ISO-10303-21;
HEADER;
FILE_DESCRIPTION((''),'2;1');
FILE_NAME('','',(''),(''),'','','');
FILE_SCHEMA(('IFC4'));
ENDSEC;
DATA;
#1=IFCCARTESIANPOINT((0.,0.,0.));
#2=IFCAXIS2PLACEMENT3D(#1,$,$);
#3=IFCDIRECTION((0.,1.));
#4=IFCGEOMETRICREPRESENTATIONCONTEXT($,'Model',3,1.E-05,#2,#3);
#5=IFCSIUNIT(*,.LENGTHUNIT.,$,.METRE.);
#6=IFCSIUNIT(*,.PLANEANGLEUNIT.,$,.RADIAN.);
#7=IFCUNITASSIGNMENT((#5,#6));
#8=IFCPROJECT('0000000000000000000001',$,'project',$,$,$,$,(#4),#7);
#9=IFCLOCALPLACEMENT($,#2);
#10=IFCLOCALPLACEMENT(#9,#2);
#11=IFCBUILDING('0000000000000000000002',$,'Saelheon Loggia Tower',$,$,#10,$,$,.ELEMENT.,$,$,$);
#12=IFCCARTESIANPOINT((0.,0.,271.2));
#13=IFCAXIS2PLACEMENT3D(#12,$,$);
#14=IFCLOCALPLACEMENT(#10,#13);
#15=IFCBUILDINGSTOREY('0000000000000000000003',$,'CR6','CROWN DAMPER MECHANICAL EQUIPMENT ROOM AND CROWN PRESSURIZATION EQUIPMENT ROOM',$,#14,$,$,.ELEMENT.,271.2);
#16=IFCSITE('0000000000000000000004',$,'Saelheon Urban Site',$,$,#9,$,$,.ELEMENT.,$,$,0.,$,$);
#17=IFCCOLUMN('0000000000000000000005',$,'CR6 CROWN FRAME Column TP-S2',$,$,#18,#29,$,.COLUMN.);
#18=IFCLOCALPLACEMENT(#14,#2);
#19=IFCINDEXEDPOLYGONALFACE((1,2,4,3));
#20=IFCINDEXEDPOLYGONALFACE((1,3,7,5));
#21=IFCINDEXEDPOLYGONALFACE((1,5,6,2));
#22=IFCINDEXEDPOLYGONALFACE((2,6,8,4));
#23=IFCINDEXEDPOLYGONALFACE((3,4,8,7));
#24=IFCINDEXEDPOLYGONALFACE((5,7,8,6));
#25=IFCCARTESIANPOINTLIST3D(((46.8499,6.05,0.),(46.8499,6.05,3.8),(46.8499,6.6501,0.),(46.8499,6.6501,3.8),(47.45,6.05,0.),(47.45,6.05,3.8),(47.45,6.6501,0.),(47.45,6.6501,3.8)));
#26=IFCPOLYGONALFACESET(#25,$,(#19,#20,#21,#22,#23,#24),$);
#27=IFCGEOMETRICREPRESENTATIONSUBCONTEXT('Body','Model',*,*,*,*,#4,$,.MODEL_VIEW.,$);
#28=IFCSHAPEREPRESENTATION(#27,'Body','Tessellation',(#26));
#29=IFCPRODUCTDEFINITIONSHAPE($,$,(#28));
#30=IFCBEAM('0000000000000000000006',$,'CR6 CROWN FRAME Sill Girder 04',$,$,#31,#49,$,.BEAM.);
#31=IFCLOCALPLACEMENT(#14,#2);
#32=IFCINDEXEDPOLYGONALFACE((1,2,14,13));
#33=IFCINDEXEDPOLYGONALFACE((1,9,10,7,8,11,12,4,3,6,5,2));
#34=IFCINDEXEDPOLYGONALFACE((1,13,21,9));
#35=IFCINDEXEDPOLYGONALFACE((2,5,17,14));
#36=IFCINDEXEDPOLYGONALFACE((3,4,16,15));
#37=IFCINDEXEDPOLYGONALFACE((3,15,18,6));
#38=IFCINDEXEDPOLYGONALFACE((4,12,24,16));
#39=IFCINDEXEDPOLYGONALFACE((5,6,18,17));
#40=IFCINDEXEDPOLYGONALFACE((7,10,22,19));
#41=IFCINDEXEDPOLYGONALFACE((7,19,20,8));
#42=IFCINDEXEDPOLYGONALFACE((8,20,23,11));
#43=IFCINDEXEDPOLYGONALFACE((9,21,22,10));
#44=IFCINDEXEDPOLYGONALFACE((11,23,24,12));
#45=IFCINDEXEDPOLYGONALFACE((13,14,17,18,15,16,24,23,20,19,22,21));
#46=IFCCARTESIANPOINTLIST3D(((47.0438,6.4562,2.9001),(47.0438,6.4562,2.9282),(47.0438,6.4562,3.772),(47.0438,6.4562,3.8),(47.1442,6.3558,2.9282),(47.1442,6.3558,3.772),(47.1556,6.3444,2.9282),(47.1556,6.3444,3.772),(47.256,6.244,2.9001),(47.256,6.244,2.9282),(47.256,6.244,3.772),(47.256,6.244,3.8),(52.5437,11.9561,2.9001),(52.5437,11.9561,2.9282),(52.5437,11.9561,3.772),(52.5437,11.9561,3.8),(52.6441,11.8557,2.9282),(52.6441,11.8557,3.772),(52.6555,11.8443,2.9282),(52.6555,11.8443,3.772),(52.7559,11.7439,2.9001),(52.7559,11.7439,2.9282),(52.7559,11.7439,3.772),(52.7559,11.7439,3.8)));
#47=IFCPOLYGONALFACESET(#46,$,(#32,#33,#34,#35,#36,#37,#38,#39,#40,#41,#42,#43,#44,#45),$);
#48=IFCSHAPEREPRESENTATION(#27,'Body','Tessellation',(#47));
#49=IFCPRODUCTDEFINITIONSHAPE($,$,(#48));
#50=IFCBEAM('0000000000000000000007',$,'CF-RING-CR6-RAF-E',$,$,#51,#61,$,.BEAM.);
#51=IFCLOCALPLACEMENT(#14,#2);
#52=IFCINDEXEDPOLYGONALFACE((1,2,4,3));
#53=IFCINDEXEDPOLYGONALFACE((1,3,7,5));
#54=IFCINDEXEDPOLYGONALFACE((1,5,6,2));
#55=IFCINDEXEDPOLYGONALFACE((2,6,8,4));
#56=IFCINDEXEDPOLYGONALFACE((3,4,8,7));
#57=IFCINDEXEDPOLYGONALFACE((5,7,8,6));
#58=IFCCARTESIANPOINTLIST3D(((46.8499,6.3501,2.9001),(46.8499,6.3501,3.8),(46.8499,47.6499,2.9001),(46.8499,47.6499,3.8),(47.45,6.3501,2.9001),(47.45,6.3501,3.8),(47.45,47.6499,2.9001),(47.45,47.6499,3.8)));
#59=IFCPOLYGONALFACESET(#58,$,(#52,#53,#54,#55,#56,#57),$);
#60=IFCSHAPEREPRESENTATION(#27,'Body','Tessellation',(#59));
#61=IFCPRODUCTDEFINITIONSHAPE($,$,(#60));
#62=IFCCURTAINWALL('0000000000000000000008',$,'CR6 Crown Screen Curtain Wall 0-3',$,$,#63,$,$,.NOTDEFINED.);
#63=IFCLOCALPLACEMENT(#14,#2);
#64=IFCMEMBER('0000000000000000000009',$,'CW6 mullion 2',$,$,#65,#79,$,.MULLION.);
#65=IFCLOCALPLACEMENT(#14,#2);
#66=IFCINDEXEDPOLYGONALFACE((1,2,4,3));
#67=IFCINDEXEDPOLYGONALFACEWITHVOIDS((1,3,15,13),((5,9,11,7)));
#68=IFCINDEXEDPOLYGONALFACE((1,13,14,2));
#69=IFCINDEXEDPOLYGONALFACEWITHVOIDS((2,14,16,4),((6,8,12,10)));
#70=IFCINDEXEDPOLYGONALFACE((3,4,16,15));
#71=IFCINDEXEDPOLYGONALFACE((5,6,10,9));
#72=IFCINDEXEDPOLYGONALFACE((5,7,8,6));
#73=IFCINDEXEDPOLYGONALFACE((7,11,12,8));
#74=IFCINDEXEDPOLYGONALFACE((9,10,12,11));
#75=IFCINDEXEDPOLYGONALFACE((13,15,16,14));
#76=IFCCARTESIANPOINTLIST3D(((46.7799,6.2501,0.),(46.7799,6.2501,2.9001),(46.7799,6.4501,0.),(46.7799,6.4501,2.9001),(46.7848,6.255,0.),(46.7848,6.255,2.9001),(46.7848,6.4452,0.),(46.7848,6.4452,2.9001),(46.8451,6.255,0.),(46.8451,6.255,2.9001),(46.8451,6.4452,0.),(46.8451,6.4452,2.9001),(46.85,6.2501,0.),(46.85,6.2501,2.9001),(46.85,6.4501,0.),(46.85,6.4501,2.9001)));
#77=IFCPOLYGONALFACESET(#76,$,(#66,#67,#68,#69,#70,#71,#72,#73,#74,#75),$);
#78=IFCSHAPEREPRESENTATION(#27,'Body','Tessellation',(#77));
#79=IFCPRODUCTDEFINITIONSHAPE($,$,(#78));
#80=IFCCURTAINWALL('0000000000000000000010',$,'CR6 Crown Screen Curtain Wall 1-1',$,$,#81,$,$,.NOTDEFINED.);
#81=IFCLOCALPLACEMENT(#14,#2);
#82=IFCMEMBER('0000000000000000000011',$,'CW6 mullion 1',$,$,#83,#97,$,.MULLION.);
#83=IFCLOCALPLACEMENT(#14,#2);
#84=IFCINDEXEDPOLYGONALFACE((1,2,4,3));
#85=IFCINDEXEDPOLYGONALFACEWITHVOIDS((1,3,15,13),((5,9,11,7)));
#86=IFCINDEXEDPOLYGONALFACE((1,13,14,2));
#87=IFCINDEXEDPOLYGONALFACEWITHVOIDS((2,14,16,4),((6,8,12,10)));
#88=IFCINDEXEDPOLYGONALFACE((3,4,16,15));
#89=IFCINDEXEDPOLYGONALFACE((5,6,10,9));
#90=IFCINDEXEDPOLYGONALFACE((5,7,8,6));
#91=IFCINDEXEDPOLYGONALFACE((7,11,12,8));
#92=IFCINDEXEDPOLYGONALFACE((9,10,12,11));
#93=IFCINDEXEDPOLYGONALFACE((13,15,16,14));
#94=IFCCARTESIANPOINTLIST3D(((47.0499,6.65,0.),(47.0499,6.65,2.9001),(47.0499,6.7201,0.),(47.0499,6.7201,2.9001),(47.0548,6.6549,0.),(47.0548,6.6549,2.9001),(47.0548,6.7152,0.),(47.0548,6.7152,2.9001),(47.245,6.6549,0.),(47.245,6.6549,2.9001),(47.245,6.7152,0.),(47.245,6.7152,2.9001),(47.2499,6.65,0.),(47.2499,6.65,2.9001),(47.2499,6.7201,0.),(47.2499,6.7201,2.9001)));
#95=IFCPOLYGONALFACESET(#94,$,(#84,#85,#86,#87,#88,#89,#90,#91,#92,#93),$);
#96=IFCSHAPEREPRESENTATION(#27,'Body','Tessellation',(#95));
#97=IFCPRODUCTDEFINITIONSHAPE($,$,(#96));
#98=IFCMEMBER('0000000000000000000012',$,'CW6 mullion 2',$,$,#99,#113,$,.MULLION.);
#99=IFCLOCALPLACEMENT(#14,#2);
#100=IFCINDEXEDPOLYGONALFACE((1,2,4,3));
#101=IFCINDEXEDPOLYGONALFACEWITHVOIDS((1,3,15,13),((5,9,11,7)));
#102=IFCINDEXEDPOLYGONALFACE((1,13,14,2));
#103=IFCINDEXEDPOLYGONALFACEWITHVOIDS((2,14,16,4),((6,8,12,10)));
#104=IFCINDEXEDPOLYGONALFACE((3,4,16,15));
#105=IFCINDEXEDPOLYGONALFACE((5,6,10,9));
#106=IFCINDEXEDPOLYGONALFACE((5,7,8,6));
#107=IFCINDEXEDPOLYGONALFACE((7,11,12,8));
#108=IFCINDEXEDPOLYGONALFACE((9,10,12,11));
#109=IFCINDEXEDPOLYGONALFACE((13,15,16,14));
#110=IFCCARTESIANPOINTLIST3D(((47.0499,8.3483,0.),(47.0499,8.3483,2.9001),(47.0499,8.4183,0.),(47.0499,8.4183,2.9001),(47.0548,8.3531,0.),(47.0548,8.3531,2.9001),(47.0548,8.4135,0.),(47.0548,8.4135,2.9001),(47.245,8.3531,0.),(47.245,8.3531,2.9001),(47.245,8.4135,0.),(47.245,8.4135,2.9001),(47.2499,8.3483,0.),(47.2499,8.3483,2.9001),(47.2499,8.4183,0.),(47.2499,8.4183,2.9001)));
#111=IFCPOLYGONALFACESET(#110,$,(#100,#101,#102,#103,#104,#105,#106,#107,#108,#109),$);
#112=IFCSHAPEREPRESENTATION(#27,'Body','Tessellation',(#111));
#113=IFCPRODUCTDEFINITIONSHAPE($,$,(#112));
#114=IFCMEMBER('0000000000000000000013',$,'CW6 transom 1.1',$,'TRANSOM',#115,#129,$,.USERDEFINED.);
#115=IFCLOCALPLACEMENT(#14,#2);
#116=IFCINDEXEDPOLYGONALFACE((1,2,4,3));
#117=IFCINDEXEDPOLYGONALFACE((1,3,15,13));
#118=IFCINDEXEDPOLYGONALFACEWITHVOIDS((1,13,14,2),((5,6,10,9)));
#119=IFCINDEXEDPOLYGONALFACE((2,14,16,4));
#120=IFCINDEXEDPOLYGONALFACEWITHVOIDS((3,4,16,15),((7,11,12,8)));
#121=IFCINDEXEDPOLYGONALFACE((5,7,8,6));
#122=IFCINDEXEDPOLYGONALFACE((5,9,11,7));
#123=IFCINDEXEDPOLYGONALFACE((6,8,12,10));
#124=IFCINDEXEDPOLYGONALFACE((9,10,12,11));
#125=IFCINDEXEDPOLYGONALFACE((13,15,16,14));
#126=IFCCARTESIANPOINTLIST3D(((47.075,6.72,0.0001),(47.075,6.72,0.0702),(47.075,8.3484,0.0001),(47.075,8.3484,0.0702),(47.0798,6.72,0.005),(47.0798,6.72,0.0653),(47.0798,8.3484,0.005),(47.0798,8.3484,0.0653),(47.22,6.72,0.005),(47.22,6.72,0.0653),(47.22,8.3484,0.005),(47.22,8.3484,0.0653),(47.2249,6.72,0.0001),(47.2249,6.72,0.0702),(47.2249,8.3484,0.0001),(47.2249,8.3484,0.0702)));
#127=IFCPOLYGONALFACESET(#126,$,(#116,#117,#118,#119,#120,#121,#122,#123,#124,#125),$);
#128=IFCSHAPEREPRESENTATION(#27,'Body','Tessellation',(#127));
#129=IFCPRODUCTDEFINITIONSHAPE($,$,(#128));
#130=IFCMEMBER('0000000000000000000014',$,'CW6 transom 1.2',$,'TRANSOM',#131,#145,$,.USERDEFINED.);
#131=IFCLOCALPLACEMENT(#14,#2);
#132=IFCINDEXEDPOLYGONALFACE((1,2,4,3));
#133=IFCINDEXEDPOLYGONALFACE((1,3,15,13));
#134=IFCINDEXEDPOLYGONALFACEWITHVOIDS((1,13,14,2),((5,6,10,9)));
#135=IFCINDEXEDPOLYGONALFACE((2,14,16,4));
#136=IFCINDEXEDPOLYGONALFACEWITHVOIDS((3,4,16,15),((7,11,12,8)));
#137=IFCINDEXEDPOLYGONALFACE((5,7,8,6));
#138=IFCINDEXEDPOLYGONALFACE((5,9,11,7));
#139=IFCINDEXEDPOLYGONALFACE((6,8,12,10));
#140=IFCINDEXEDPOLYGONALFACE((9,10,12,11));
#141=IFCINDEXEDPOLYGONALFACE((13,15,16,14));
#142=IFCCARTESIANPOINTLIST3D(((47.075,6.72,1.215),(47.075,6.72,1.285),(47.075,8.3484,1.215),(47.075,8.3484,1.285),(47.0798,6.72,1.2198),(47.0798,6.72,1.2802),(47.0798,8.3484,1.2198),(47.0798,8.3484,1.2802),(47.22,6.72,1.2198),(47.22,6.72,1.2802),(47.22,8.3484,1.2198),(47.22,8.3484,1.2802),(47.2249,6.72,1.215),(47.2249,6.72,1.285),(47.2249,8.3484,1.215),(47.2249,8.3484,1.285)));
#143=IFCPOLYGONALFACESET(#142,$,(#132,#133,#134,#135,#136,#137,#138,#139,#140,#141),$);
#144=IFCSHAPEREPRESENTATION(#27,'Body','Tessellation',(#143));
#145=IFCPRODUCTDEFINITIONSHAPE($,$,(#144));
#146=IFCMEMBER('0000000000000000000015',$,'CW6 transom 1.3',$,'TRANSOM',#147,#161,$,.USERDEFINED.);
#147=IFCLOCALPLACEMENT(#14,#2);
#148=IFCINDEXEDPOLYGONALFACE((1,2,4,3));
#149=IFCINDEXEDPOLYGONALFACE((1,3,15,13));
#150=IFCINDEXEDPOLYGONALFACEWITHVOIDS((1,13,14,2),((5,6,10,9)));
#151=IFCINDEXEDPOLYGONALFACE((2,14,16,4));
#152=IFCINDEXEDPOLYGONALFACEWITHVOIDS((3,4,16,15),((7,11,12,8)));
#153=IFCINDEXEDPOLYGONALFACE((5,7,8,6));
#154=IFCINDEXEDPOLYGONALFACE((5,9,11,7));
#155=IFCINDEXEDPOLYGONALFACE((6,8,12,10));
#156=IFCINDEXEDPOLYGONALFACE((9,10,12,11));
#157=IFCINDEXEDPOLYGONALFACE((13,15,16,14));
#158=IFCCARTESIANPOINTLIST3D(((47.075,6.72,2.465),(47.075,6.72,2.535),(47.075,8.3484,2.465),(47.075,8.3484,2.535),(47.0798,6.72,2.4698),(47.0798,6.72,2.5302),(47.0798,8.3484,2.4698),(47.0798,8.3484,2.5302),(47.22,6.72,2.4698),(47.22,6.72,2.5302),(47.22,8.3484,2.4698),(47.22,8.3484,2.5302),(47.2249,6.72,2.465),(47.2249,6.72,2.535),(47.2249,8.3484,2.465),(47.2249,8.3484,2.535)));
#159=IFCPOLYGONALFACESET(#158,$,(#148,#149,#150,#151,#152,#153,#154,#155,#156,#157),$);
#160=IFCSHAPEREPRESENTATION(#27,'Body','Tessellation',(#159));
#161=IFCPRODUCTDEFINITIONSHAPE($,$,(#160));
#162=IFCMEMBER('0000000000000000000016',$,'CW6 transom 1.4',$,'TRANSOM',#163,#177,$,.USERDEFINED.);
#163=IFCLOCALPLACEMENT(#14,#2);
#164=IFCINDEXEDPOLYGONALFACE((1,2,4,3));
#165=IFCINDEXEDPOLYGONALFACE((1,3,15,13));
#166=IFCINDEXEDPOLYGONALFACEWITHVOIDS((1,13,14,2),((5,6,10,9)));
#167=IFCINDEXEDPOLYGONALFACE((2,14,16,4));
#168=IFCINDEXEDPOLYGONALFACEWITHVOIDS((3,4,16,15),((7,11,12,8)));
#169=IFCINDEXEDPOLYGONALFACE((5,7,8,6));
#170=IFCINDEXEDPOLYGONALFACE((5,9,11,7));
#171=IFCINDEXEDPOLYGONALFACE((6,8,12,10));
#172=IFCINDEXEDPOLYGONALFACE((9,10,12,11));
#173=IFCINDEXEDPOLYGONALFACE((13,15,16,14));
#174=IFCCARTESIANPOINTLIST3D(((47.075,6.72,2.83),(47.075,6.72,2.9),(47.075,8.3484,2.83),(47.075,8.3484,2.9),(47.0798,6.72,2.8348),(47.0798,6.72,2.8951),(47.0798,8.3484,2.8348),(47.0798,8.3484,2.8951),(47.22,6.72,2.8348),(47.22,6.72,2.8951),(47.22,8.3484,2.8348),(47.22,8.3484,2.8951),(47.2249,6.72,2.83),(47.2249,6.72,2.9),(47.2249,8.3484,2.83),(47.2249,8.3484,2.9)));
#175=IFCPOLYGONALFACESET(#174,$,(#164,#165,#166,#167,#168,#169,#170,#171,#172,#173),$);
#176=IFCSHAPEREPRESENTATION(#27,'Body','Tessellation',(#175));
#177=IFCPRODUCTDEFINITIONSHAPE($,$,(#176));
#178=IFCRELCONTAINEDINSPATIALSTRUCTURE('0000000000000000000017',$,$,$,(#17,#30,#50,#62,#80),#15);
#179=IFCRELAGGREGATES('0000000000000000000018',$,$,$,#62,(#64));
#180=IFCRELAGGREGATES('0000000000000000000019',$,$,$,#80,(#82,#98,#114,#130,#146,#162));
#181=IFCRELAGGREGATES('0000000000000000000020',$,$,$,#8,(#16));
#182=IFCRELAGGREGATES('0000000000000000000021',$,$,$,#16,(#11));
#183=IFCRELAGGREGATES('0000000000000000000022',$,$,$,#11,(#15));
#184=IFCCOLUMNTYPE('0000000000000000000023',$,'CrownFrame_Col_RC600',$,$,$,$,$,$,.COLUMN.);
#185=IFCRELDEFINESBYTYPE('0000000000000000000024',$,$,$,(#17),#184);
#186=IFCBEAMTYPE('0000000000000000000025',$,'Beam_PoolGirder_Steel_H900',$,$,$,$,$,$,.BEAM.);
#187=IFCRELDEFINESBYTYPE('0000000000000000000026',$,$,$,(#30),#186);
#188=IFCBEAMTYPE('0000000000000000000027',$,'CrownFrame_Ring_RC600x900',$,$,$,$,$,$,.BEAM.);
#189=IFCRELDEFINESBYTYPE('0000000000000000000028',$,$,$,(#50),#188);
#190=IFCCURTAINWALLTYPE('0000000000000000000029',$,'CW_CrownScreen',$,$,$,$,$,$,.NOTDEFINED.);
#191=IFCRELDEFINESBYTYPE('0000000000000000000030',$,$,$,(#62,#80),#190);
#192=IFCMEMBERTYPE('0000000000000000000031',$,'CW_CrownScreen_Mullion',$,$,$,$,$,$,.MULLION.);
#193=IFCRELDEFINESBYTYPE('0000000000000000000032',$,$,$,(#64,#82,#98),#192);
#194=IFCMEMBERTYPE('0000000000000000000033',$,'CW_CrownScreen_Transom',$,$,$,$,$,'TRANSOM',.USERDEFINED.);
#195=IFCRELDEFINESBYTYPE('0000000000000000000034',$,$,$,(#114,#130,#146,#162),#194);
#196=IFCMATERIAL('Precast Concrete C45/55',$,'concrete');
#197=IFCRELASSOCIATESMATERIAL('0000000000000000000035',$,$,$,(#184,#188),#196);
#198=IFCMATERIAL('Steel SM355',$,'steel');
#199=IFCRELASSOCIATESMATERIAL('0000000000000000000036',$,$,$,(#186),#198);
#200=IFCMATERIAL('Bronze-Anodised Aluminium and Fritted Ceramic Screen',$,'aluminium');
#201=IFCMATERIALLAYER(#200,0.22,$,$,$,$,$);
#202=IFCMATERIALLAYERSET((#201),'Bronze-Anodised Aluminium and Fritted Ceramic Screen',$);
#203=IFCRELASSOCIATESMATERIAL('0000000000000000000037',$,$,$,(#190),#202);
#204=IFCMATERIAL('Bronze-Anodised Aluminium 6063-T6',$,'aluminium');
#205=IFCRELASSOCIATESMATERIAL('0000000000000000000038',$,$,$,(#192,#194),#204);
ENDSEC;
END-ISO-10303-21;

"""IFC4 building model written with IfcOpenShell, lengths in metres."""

from ifc_helpers import new_model, si_unit, direction, frame, origin, origin_2d, place, context, subcontext, project, spatial, rectangle, hollow_rectangle, i_section, extrude, source, transform, mapped, material, layer, layer_set, material_profile, profile_set, type_object, element, aggregate, save


model = new_model("IFC4")

# Units and contexts
model_context = context("Model", 3, precision=1e-05, world=origin(), true_north=direction((0.0, 1.0)))
body_context = subcontext(model_context, "Body", "Model", "MODEL_VIEW")
ifc_project = project(units=[si_unit("LENGTHUNIT", "METRE"), si_unit("PLANEANGLEUNIT", "RADIAN")], contexts=[model_context])

# Site, building, storey
site_placement = place(None, origin())
site = spatial("IfcSite", under=ifc_project, at=site_placement, Name="Saelheon Urban Site", CompositionType="ELEMENT", RefElevation=0.0)
building_placement = place(site_placement, origin())
building = spatial("IfcBuilding", under=site, at=building_placement, Name="Saelheon Loggia Tower", CompositionType="ELEMENT")
storey_placement = place(building_placement, frame((0.0, 0.0, 271.2)))
storey = spatial("IfcBuildingStorey", under=building, at=storey_placement, Name="CR6", Description="CROWN DAMPER MECHANICAL EQUIPMENT ROOM AND CROWN PRESSURIZATION EQUIPMENT ROOM", CompositionType="ELEMENT", Elevation=271.2)

# Column
ifc_material_1 = material(Name="Precast Concrete C45/55", Category="concrete")
ifc_material_profile_1 = material_profile(ifc_material_1, rectangle(XDim=0.6001, YDim=0.6001, at=origin_2d()), Name="RC-600x600")
ifc_profile_set_1 = profile_set([ifc_material_profile_1], Name="Precast Concrete C45/55")
column_type = type_object("IfcColumnType", Name="CrownFrame_Col_RC600", PredefinedType="COLUMN", material=ifc_profile_set_1)
shared_shape_1 = source(origin(), body_context, "Body", "SweptSolid", [
    extrude(rectangle(XDim=0.6001, YDim=0.6001, at=origin_2d()), origin(), (0.0, 0.0, 1.0), 3.8),
])
column_placement = place(storey_placement, frame((47.1499, 6.3501, 0.0), z_axis=(0.0, 0.0, 1.0), x_axis=(1.0, 0.0, 0.0)))
element("IfcColumn", 1, at=column_placement, inside=storey, type_object=column_type, Name="CR6 CROWN FRAME Column TP-S2", PredefinedType="COLUMN", context=body_context, shape_type="MappedRepresentation", body=[
    mapped(shared_shape_1, transform((0.0, 0.0, 0.0), scale=1.0)),
])

# Beams
ifc_material_2 = material(Name="Steel SM355", Category="steel")
ifc_material_profile_2 = material_profile(ifc_material_2, i_section(OverallWidth=0.3, OverallDepth=0.8999, WebThickness=0.0161, FlangeThickness=0.0281, at=origin_2d()), Name="H-900x300x16x28")
ifc_profile_set_2 = profile_set([ifc_material_profile_2], Name="Steel SM355")
beam_type_1 = type_object("IfcBeamType", Name="Beam_PoolGirder_Steel_H900", PredefinedType="BEAM", material=ifc_profile_set_2)
shared_shape_2 = source(origin(), body_context, "Body", "SweptSolid", [
    extrude(i_section(OverallWidth=0.3, OverallDepth=0.8999, WebThickness=0.0161, FlangeThickness=0.0281, at=origin_2d()), origin(), (0.0, 0.0, 1.0), 7.7781),
])
beam_1_placement = place(storey_placement, frame((47.1499, 6.3501, 3.3501), z_axis=(0.707107, 0.707107, 0.0), x_axis=(-0.707107, 0.707107, 0.0)))
element("IfcBeam", 2, at=beam_1_placement, inside=storey, type_object=beam_type_1, Name="CR6 CROWN FRAME Sill Girder 04", PredefinedType="BEAM", context=body_context, shape_type="MappedRepresentation", body=[
    mapped(shared_shape_2, transform((0.0, 0.0, 0.0), scale=1.0)),
])
ifc_material_profile_3 = material_profile(ifc_material_1, rectangle(XDim=0.6001, YDim=0.8999, at=origin_2d()), Name="RC-600x900")
ifc_profile_set_3 = profile_set([ifc_material_profile_3], Name="Precast Concrete C45/55")
beam_type_2 = type_object("IfcBeamType", Name="CrownFrame_Ring_RC600x900", PredefinedType="BEAM", material=ifc_profile_set_3)
shared_shape_3 = source(origin(), body_context, "Body", "SweptSolid", [
    extrude(rectangle(XDim=0.6001, YDim=0.8999, at=origin_2d()), origin(), (0.0, 0.0, 1.0), 41.2998),
])
beam_2_placement = place(storey_placement, frame((47.1499, 6.3501, 3.3501), z_axis=(0.0, 1.0, 0.0), x_axis=(-1.0, 0.0, 0.0)))
element("IfcBeam", 3, at=beam_2_placement, inside=storey, type_object=beam_type_2, Name="CF-RING-CR6-RAF-E", PredefinedType="BEAM", context=body_context, shape_type="MappedRepresentation", body=[
    mapped(shared_shape_3, transform((0.0, 0.0, 0.0), scale=1.0)),
])

# Curtain wall, member
ifc_material_3 = material(Name="Bronze-Anodised Aluminium and Fritted Ceramic Screen", Category="aluminium")
ifc_layer_1 = layer(ifc_material_3, 0.22)
ifc_layer_set_1 = layer_set([ifc_layer_1], Name="Bronze-Anodised Aluminium and Fritted Ceramic Screen")
curtain_wall_type = type_object("IfcCurtainWallType", Name="CW_CrownScreen", PredefinedType="NOTDEFINED", material=ifc_layer_set_1)
curtain_wall_1_placement = place(storey_placement, origin())
curtain_wall_1 = element("IfcCurtainWall", 4, at=curtain_wall_1_placement, inside=storey, type_object=curtain_wall_type, Name="CR6 Crown Screen Curtain Wall 0-3", PredefinedType="NOTDEFINED")
ifc_material_4 = material(Name="Bronze-Anodised Aluminium 6063-T6", Category="aluminium")
ifc_material_profile_4 = material_profile(ifc_material_4, hollow_rectangle(XDim=0.0701, YDim=0.2, WallThickness=0.0049, at=origin_2d()), Name="RHS-200x70x5")
ifc_profile_set_4 = profile_set([ifc_material_profile_4], Name="Bronze-Anodised Aluminium 6063-T6")
member_type_1 = type_object("IfcMemberType", Name="CW_CrownScreen_Mullion", PredefinedType="MULLION", material=ifc_profile_set_4)
shared_shape_4 = source(origin(), body_context, "Body", "SweptSolid", [
    extrude(hollow_rectangle(XDim=0.0701, YDim=0.2, WallThickness=0.0049, at=origin_2d()), origin(), (0.0, 0.0, 1.0), 2.9001),
])
member_1_placement = place(storey_placement, frame((46.8149, 6.3501, 0.0), z_axis=(0.0, 0.0, 1.0), x_axis=(1.0, 0.0, 0.0)))
member_1 = element("IfcMember", 5, at=member_1_placement, type_object=member_type_1, Name="CW6 mullion 2", PredefinedType="MULLION", context=body_context, shape_type="MappedRepresentation", body=[
    mapped(shared_shape_4, transform((0.0, 0.0, 0.0), scale=1.0)),
])

# Curtain wall, members
curtain_wall_2_placement = place(storey_placement, origin())
curtain_wall_2 = element("IfcCurtainWall", 6, at=curtain_wall_2_placement, inside=storey, type_object=curtain_wall_type, Name="CR6 Crown Screen Curtain Wall 1-1", PredefinedType="NOTDEFINED")
member_2_placement = place(storey_placement, frame((47.1499, 6.6851, 0.0), z_axis=(0.0, 0.0, 1.0), x_axis=(0.0, 1.0, 0.0)))
member_2 = element("IfcMember", 7, at=member_2_placement, type_object=member_type_1, Name="CW6 mullion 1", PredefinedType="MULLION", context=body_context, shape_type="MappedRepresentation", body=[
    mapped(shared_shape_4, transform((0.0, 0.0, 0.0), scale=1.0)),
])
member_3_placement = place(storey_placement, frame((47.1499, 8.3833, 0.0), z_axis=(0.0, 0.0, 1.0), x_axis=(0.0, 1.0, 0.0)))
member_3 = element("IfcMember", 8, at=member_3_placement, type_object=member_type_1, Name="CW6 mullion 2", PredefinedType="MULLION", context=body_context, shape_type="MappedRepresentation", body=[
    mapped(shared_shape_4, transform((0.0, 0.0, 0.0), scale=1.0)),
])
ifc_material_profile_5 = material_profile(ifc_material_4, hollow_rectangle(XDim=0.0701, YDim=0.1499, WallThickness=0.0049, at=origin_2d()), Name="RHS-150x70x5")
ifc_profile_set_5 = profile_set([ifc_material_profile_5], Name="Bronze-Anodised Aluminium 6063-T6")
member_type_2 = type_object("IfcMemberType", Name="CW_CrownScreen_Transom", ElementType="TRANSOM", PredefinedType="USERDEFINED", material=ifc_profile_set_5)
shared_shape_5 = source(origin(), body_context, "Body", "SweptSolid", [
    extrude(hollow_rectangle(XDim=0.0701, YDim=0.1499, WallThickness=0.0049, at=origin_2d()), origin(), (0.0, 0.0, 1.0), 1.6284),
])
member_4_placement = place(storey_placement, frame((47.1499, 6.72, 0.0352), z_axis=(0.0, 1.0, 0.0), x_axis=(0.0, 0.0, 1.0)))
member_4 = element("IfcMember", 9, at=member_4_placement, type_object=member_type_2, Name="CW6 transom 1.1", ObjectType="TRANSOM", PredefinedType="USERDEFINED", context=body_context, shape_type="MappedRepresentation", body=[
    mapped(shared_shape_5, transform((0.0, 0.0, 0.0), scale=1.0)),
])
member_5_placement = place(storey_placement, frame((47.1499, 6.72, 1.25), z_axis=(0.0, 1.0, 0.0), x_axis=(0.0, 0.0, 1.0)))
member_5 = element("IfcMember", 10, at=member_5_placement, type_object=member_type_2, Name="CW6 transom 1.2", ObjectType="TRANSOM", PredefinedType="USERDEFINED", context=body_context, shape_type="MappedRepresentation", body=[
    mapped(shared_shape_5, transform((0.0, 0.0, 0.0), scale=1.0)),
])
member_6_placement = place(storey_placement, frame((47.1499, 6.72, 2.5), z_axis=(0.0, 1.0, 0.0), x_axis=(0.0, 0.0, 1.0)))
member_6 = element("IfcMember", 11, at=member_6_placement, type_object=member_type_2, Name="CW6 transom 1.3", ObjectType="TRANSOM", PredefinedType="USERDEFINED", context=body_context, shape_type="MappedRepresentation", body=[
    mapped(shared_shape_5, transform((0.0, 0.0, 0.0), scale=1.0)),
])
member_7_placement = place(storey_placement, frame((47.1499, 6.72, 2.865), z_axis=(0.0, 1.0, 0.0), x_axis=(0.0, 0.0, 1.0)))
member_7 = element("IfcMember", 12, at=member_7_placement, type_object=member_type_2, Name="CW6 transom 1.4", ObjectType="TRANSOM", PredefinedType="USERDEFINED", context=body_context, shape_type="MappedRepresentation", body=[
    mapped(shared_shape_5, transform((0.0, 0.0, 0.0), scale=1.0)),
])

aggregate(curtain_wall_1, [member_1])
aggregate(curtain_wall_2, [member_2, member_3, member_4, member_5, member_6, member_7])

save(model, "model.ifc")
